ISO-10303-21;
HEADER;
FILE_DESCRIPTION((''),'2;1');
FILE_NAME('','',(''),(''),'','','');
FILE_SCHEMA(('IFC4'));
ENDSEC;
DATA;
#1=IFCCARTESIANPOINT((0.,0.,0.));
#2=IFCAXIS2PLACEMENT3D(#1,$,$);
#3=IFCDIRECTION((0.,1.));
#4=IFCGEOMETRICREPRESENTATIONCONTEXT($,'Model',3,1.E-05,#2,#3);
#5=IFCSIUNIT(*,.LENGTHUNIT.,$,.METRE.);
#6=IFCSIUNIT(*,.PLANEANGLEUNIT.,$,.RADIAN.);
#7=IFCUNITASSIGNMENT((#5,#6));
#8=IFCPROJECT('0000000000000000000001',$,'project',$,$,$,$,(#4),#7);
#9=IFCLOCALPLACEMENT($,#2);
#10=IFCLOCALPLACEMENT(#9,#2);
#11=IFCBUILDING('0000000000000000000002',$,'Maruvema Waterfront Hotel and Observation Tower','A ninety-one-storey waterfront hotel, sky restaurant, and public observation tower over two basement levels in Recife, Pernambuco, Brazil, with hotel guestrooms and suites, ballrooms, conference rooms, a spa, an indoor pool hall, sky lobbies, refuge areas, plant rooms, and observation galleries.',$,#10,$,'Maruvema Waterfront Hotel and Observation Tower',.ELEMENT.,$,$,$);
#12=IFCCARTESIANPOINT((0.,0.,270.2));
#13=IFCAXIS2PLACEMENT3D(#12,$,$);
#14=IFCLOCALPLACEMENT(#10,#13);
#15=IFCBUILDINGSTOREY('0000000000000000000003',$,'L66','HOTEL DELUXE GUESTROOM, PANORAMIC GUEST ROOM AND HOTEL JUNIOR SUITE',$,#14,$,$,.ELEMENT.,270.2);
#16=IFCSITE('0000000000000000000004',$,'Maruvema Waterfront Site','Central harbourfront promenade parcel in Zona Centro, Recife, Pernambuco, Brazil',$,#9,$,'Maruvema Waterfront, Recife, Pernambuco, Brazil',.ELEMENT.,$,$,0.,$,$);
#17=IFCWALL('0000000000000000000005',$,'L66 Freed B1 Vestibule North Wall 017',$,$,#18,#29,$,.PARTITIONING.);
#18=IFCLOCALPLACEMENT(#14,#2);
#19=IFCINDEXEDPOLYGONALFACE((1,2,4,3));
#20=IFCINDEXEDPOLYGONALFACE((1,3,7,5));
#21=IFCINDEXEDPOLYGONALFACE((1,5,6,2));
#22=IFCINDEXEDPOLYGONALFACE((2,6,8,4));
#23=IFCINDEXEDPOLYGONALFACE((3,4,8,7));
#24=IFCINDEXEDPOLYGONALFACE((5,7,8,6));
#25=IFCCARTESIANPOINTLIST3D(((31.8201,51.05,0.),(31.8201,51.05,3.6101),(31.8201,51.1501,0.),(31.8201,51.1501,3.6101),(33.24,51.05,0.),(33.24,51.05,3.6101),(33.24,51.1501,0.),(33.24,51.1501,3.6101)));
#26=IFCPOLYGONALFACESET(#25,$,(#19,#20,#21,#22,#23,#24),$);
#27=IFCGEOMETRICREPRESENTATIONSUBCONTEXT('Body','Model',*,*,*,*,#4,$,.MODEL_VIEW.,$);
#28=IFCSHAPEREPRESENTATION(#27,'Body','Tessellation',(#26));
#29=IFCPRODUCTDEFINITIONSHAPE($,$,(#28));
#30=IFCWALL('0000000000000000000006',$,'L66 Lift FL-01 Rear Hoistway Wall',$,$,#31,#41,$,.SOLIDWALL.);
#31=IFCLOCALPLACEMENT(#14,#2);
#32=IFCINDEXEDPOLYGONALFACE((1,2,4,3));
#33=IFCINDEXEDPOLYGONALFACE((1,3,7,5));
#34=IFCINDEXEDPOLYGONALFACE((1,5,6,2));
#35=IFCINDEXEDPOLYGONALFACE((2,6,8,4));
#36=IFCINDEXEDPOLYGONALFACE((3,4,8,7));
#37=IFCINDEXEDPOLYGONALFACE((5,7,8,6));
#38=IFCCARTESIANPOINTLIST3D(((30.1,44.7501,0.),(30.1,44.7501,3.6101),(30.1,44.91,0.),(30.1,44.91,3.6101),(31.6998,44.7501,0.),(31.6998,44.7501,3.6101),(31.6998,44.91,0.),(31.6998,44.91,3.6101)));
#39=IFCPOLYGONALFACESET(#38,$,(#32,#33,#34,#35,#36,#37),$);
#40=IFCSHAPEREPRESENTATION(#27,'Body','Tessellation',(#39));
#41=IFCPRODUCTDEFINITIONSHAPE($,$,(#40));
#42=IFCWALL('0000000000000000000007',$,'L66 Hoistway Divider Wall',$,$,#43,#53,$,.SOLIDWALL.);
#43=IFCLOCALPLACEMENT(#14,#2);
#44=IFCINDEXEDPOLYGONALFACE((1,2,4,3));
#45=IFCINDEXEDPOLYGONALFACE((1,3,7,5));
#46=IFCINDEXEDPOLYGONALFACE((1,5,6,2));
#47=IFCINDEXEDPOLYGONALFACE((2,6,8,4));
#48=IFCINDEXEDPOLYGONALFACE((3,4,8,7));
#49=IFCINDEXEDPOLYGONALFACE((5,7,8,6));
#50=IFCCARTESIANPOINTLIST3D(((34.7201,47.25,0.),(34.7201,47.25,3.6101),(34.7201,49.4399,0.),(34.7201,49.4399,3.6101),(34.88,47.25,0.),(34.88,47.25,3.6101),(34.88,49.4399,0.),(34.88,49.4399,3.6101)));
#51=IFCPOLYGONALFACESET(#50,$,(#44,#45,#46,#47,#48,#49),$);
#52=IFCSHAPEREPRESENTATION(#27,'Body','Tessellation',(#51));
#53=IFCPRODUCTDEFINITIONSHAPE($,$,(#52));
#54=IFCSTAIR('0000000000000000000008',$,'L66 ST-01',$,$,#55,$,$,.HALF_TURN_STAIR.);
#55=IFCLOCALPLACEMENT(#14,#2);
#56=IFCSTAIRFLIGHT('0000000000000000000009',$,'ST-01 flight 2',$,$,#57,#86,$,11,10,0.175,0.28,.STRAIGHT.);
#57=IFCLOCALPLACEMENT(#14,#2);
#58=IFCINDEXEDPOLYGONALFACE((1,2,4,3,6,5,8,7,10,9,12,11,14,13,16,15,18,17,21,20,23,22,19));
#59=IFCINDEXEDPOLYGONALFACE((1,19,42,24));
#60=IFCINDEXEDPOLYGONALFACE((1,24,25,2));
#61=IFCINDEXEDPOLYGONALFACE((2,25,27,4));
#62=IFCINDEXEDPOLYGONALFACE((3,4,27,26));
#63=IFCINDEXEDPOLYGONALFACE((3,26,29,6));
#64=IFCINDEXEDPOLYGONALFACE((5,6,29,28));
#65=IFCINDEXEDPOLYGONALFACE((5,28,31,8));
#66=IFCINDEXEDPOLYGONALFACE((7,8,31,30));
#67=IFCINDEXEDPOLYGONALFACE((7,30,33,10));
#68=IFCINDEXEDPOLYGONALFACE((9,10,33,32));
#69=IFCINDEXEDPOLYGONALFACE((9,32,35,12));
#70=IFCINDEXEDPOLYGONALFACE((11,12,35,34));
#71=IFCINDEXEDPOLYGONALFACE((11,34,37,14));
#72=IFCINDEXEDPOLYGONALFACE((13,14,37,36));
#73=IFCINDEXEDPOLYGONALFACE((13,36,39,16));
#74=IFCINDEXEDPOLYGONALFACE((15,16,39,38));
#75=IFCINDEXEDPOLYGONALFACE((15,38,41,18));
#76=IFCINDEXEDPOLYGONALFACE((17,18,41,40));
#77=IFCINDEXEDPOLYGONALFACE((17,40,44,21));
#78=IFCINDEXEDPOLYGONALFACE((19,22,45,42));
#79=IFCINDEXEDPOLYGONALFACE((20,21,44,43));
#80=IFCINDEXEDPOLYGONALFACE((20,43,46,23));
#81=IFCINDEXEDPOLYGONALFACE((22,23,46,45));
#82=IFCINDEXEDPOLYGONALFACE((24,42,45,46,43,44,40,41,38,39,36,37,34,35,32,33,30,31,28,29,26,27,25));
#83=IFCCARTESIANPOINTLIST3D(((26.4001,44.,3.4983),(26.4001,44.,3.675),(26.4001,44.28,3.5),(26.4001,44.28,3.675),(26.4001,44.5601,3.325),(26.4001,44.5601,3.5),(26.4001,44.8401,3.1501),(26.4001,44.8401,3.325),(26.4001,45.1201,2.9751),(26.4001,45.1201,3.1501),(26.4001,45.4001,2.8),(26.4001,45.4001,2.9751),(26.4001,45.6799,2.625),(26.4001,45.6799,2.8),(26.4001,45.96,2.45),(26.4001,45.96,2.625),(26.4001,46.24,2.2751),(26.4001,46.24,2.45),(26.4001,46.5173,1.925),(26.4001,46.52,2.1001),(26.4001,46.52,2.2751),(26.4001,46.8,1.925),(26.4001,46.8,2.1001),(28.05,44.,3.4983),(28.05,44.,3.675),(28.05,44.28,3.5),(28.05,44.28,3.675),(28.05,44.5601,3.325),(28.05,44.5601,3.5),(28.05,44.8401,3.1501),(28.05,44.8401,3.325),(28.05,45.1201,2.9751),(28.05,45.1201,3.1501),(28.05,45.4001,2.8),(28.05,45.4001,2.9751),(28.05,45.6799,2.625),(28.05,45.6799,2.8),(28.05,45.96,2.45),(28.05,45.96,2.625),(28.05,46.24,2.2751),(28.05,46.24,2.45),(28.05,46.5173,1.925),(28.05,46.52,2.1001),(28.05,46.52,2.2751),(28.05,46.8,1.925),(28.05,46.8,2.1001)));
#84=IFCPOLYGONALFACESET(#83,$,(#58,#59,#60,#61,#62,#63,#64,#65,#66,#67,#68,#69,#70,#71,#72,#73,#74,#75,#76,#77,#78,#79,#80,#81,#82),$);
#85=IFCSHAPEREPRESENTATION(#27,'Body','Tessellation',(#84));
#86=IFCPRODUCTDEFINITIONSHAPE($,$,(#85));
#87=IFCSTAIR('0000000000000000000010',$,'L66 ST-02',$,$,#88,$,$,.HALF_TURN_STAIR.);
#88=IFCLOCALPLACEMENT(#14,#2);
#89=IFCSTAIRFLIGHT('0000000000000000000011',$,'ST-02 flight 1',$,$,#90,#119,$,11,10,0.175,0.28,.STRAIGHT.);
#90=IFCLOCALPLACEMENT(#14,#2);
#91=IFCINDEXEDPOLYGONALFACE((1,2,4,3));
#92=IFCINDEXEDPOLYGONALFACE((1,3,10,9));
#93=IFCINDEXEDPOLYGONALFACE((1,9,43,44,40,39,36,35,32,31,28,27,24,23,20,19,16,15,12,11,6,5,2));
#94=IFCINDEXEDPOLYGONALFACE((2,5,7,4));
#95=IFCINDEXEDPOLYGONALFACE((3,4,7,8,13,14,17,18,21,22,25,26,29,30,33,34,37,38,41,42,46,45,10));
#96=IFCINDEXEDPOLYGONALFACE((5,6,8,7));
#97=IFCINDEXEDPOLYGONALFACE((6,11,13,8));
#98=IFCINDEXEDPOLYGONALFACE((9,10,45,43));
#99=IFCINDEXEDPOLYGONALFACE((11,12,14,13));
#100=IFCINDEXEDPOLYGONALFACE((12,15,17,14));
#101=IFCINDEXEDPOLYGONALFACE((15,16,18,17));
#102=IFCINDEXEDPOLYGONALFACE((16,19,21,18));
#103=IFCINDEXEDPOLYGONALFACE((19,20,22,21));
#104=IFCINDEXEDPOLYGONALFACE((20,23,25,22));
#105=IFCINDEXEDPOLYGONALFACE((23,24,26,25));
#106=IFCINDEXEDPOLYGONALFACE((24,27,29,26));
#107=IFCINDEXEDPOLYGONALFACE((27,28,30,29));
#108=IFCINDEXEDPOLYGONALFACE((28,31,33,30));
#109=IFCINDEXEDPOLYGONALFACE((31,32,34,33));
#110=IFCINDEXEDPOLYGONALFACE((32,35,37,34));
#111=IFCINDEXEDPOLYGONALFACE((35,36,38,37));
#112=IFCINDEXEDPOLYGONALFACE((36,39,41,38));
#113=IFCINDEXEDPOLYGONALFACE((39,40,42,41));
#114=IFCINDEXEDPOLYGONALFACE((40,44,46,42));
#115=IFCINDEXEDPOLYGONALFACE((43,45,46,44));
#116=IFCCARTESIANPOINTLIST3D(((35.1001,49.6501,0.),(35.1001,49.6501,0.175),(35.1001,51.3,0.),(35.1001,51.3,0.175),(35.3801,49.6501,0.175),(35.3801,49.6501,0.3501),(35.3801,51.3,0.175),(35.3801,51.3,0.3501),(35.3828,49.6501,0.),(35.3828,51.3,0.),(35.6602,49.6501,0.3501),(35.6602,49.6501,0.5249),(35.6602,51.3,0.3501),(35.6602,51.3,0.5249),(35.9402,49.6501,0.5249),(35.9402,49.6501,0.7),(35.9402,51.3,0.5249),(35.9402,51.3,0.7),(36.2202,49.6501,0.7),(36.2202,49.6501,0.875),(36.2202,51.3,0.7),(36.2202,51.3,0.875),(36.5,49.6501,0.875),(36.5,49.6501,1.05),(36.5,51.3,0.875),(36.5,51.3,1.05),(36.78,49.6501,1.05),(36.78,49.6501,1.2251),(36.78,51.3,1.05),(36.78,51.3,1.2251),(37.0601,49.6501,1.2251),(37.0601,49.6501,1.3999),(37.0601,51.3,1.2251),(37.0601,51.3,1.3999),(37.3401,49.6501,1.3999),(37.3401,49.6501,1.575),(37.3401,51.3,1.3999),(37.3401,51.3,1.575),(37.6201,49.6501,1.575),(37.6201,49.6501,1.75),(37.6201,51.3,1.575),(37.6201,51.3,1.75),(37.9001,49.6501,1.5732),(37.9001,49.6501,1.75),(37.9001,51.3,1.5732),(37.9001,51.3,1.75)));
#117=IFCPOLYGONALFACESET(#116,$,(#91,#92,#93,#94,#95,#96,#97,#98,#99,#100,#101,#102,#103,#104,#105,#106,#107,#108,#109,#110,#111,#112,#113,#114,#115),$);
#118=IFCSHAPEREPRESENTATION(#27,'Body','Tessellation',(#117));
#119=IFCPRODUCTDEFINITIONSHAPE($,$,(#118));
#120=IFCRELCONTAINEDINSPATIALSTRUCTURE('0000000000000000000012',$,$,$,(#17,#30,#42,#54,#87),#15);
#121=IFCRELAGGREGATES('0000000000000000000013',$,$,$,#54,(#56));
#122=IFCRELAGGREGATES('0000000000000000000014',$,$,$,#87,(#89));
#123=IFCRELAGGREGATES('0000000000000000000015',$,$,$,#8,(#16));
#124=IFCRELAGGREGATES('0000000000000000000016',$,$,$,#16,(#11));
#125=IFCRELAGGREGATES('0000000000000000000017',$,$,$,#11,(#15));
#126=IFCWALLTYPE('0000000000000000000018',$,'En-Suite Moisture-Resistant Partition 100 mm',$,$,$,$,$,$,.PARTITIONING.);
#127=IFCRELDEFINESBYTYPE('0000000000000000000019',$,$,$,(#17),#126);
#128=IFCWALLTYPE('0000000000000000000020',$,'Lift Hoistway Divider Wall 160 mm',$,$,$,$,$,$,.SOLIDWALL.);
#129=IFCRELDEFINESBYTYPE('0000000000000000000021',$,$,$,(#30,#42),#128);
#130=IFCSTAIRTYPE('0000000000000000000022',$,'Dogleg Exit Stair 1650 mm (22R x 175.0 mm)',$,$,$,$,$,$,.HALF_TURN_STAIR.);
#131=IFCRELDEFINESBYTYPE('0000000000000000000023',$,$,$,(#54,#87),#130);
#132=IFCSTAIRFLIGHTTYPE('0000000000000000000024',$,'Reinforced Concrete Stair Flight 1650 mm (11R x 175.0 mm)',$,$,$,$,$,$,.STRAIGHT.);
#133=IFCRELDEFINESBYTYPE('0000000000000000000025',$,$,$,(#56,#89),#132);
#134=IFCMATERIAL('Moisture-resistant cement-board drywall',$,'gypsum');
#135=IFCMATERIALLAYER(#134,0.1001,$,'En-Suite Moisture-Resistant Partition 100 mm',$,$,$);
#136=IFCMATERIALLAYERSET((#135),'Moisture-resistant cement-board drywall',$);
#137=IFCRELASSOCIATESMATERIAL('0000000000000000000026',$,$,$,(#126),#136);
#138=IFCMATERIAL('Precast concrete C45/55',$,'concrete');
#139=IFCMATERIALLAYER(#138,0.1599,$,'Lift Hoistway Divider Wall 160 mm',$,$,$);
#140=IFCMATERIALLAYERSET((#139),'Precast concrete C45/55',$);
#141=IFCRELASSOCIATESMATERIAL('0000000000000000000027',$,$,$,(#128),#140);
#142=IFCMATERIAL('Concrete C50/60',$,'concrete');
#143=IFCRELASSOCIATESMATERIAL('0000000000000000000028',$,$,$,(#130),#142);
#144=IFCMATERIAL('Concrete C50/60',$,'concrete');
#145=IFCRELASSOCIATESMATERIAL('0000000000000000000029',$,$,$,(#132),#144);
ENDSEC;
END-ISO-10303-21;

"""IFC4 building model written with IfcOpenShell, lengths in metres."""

from ifc_helpers import new_model, si_unit, direction, frame, frame_2d, origin, place, context, subcontext, project, spatial, polyline, rectangle, outline, extrude, material, layer, layer_set, type_object, element, aggregate, save


model = new_model("IFC4")

# Units and contexts
model_context = context("Model", 3, precision=1e-05, world=origin(), true_north=direction((0.0, 1.0)))
body_context = subcontext(model_context, "Body", "Model", "MODEL_VIEW")
ifc_project = project(units=[si_unit("LENGTHUNIT", "METRE"), si_unit("PLANEANGLEUNIT", "RADIAN")], contexts=[model_context])

# Site, building, storey
site_placement = place(None, origin())
site = spatial("IfcSite", under=ifc_project, at=site_placement, Name="Maruvema Waterfront Site", Description="Central harbourfront promenade parcel in Zona Centro, Recife, Pernambuco, Brazil", LongName="Maruvema Waterfront, Recife, Pernambuco, Brazil", CompositionType="ELEMENT", RefElevation=0.0)
building_placement = place(site_placement, origin())
building = spatial("IfcBuilding", under=site, at=building_placement, Name="Maruvema Waterfront Hotel and Observation Tower", Description="A ninety-one-storey waterfront hotel, sky restaurant, and public observation tower over two basement levels in Recife, Pernambuco, Brazil, with hotel guestrooms and suites, ballrooms, conference rooms, a spa, an indoor pool hall, sky lobbies, refuge areas, plant rooms, and observation galleries.", LongName="Maruvema Waterfront Hotel and Observation Tower", CompositionType="ELEMENT")
storey_placement = place(building_placement, frame((0.0, 0.0, 270.2)))
storey = spatial("IfcBuildingStorey", under=building, at=storey_placement, Name="L66", Description="HOTEL DELUXE GUESTROOM, PANORAMIC GUEST ROOM AND HOTEL JUNIOR SUITE", CompositionType="ELEMENT", Elevation=270.2)

# Shared definitions
ifc_material_1 = material(Name="Moisture-resistant cement-board drywall", Category="gypsum")
ifc_layer_1 = layer(ifc_material_1, 0.1001, Name="En-Suite Moisture-Resistant Partition 100 mm")
ifc_layer_set_1 = layer_set([ifc_layer_1], Name="Moisture-resistant cement-board drywall")
wall_type_1 = type_object("IfcWallType", Name="En-Suite Moisture-Resistant Partition 100 mm", PredefinedType="PARTITIONING", material=ifc_layer_set_1)

# Walls
wall_1_placement = place(storey_placement, frame((31.8201, 51.1001, 0.0), z_axis=(0.0, 0.0, 1.0), x_axis=(1.0, 0.0, 0.0)))
element("IfcWall", 1, at=wall_1_placement, inside=storey, type_object=wall_type_1, Name="L66 Freed B1 Vestibule North Wall 017", PredefinedType="PARTITIONING", context=body_context, shape_type="SweptSolid", body=[
    extrude(rectangle(XDim=1.4199, YDim=0.1001, at=frame_2d((0.71, 0.0))), origin(), (0.0, 0.0, 1.0), 3.6101),
])
ifc_material_2 = material(Name="Precast concrete C45/55", Category="concrete")
ifc_layer_2 = layer(ifc_material_2, 0.1599, Name="Lift Hoistway Divider Wall 160 mm")
ifc_layer_set_2 = layer_set([ifc_layer_2], Name="Precast concrete C45/55")
wall_type_2 = type_object("IfcWallType", Name="Lift Hoistway Divider Wall 160 mm", PredefinedType="SOLIDWALL", material=ifc_layer_set_2)
wall_2_placement = place(storey_placement, frame((30.1001, 44.8301, 0.0), z_axis=(0.0, 0.0, 1.0), x_axis=(1.0, 0.0, 0.0)))
element("IfcWall", 2, at=wall_2_placement, inside=storey, type_object=wall_type_2, Name="L66 Lift FL-01 Rear Hoistway Wall", PredefinedType="SOLIDWALL", context=body_context, shape_type="SweptSolid", body=[
    extrude(rectangle(XDim=1.5999, YDim=0.1599, at=frame_2d((0.7998, 0.0))), origin(), (0.0, 0.0, 1.0), 3.6101),
])
wall_3_placement = place(storey_placement, frame((34.8, 47.25, 0.0), z_axis=(0.0, 0.0, 1.0), x_axis=(0.0, 1.0, 0.0)))
element("IfcWall", 3, at=wall_3_placement, inside=storey, type_object=wall_type_2, Name="L66 Hoistway Divider Wall", PredefinedType="SOLIDWALL", context=body_context, shape_type="SweptSolid", body=[
    extrude(rectangle(XDim=2.1899, YDim=0.1599, at=frame_2d((1.095, 0.0))), origin(), (0.0, 0.0, 1.0), 3.6101),
])

# Stairs, stair flights
ifc_material_3 = material(Name="Concrete C50/60", Category="concrete")
stair_type = type_object("IfcStairType", Name="Dogleg Exit Stair 1650 mm (22R x 175.0 mm)", PredefinedType="HALF_TURN_STAIR", material=ifc_material_3)
stair_1_placement = place(storey_placement, origin())
stair_1 = element("IfcStair", 4, at=stair_1_placement, inside=storey, type_object=stair_type, Name="L66 ST-01", PredefinedType="HALF_TURN_STAIR")
ifc_material_4 = material(Name="Concrete C50/60", Category="concrete")
stair_flight_type = type_object("IfcStairFlightType", Name="Reinforced Concrete Stair Flight 1650 mm (11R x 175.0 mm)", PredefinedType="STRAIGHT", material=ifc_material_4)
stair_flight_1_placement = place(storey_placement, frame((27.2251, 46.8, 1.925), z_axis=(0.0, 0.0, 1.0), x_axis=(0.0, -1.0, 0.0)))
stair_flight_1 = element("IfcStairFlight", 5, at=stair_flight_1_placement, type_object=stair_flight_type, Name="ST-01 flight 2", NumberOfRisers=11, NumberOfTreads=10, PredefinedType="STRAIGHT", RiserHeight=0.175, TreadLength=0.28, context=body_context, shape_type="SweptSolid", body=[
    extrude(outline(polyline([(0.0, 0.0), (0.0, 0.175), (0.28, 0.175), (0.28, 0.3501), (0.5601, 0.3501), (0.5601, 0.5249), (0.8401, 0.5249), (0.8401, 0.7), (1.1201, 0.7), (1.1201, 0.875), (1.3999, 0.875), (1.3999, 1.05), (1.6799, 1.05), (1.6799, 1.2251), (1.96, 1.2251), (1.96, 1.3999), (2.24, 1.3999), (2.24, 1.575), (2.52, 1.575), (2.52, 1.75), (2.8, 1.75), (2.8, 1.925), (2.8, 1.5732), (0.2827, 0.0), (0.0, 0.0)])), frame((0.0, 0.825, 0.0), z_axis=(0.0, -1.0, 0.0), x_axis=(1.0, 0.0, 0.0)), (0.0, 0.0, 1.0), 1.6499),
])
aggregate(stair_1, [stair_flight_1])
stair_2_placement = place(storey_placement, origin())
stair_2 = element("IfcStair", 6, at=stair_2_placement, inside=storey, type_object=stair_type, Name="L66 ST-02", PredefinedType="HALF_TURN_STAIR")
stair_flight_2_placement = place(storey_placement, frame((35.1001, 50.4751, 0.0), z_axis=(0.0, 0.0, 1.0), x_axis=(1.0, 0.0, 0.0)))
stair_flight_2 = element("IfcStairFlight", 7, at=stair_flight_2_placement, type_object=stair_flight_type, Name="ST-02 flight 1", NumberOfRisers=11, NumberOfTreads=10, PredefinedType="STRAIGHT", RiserHeight=0.175, TreadLength=0.28, context=body_context, shape_type="SweptSolid", body=[
    extrude(outline(polyline([(0.0, 0.0), (0.0, 0.175), (0.28, 0.175), (0.28, 0.3501), (0.5601, 0.3501), (0.5601, 0.5249), (0.8401, 0.5249), (0.8401, 0.7), (1.1201, 0.7), (1.1201, 0.875), (1.3999, 0.875), (1.3999, 1.05), (1.6799, 1.05), (1.6799, 1.2251), (1.96, 1.2251), (1.96, 1.3999), (2.24, 1.3999), (2.24, 1.575), (2.52, 1.575), (2.52, 1.75), (2.8, 1.75), (2.8, 1.925), (2.8, 1.5732), (0.2827, 0.0), (0.0, 0.0)])), frame((0.0, 0.825, 0.0), z_axis=(0.0, -1.0, 0.0), x_axis=(1.0, 0.0, 0.0)), (0.0, 0.0, 1.0), 1.6499),
])
aggregate(stair_2, [stair_flight_2])

save(model, "model.ifc")
